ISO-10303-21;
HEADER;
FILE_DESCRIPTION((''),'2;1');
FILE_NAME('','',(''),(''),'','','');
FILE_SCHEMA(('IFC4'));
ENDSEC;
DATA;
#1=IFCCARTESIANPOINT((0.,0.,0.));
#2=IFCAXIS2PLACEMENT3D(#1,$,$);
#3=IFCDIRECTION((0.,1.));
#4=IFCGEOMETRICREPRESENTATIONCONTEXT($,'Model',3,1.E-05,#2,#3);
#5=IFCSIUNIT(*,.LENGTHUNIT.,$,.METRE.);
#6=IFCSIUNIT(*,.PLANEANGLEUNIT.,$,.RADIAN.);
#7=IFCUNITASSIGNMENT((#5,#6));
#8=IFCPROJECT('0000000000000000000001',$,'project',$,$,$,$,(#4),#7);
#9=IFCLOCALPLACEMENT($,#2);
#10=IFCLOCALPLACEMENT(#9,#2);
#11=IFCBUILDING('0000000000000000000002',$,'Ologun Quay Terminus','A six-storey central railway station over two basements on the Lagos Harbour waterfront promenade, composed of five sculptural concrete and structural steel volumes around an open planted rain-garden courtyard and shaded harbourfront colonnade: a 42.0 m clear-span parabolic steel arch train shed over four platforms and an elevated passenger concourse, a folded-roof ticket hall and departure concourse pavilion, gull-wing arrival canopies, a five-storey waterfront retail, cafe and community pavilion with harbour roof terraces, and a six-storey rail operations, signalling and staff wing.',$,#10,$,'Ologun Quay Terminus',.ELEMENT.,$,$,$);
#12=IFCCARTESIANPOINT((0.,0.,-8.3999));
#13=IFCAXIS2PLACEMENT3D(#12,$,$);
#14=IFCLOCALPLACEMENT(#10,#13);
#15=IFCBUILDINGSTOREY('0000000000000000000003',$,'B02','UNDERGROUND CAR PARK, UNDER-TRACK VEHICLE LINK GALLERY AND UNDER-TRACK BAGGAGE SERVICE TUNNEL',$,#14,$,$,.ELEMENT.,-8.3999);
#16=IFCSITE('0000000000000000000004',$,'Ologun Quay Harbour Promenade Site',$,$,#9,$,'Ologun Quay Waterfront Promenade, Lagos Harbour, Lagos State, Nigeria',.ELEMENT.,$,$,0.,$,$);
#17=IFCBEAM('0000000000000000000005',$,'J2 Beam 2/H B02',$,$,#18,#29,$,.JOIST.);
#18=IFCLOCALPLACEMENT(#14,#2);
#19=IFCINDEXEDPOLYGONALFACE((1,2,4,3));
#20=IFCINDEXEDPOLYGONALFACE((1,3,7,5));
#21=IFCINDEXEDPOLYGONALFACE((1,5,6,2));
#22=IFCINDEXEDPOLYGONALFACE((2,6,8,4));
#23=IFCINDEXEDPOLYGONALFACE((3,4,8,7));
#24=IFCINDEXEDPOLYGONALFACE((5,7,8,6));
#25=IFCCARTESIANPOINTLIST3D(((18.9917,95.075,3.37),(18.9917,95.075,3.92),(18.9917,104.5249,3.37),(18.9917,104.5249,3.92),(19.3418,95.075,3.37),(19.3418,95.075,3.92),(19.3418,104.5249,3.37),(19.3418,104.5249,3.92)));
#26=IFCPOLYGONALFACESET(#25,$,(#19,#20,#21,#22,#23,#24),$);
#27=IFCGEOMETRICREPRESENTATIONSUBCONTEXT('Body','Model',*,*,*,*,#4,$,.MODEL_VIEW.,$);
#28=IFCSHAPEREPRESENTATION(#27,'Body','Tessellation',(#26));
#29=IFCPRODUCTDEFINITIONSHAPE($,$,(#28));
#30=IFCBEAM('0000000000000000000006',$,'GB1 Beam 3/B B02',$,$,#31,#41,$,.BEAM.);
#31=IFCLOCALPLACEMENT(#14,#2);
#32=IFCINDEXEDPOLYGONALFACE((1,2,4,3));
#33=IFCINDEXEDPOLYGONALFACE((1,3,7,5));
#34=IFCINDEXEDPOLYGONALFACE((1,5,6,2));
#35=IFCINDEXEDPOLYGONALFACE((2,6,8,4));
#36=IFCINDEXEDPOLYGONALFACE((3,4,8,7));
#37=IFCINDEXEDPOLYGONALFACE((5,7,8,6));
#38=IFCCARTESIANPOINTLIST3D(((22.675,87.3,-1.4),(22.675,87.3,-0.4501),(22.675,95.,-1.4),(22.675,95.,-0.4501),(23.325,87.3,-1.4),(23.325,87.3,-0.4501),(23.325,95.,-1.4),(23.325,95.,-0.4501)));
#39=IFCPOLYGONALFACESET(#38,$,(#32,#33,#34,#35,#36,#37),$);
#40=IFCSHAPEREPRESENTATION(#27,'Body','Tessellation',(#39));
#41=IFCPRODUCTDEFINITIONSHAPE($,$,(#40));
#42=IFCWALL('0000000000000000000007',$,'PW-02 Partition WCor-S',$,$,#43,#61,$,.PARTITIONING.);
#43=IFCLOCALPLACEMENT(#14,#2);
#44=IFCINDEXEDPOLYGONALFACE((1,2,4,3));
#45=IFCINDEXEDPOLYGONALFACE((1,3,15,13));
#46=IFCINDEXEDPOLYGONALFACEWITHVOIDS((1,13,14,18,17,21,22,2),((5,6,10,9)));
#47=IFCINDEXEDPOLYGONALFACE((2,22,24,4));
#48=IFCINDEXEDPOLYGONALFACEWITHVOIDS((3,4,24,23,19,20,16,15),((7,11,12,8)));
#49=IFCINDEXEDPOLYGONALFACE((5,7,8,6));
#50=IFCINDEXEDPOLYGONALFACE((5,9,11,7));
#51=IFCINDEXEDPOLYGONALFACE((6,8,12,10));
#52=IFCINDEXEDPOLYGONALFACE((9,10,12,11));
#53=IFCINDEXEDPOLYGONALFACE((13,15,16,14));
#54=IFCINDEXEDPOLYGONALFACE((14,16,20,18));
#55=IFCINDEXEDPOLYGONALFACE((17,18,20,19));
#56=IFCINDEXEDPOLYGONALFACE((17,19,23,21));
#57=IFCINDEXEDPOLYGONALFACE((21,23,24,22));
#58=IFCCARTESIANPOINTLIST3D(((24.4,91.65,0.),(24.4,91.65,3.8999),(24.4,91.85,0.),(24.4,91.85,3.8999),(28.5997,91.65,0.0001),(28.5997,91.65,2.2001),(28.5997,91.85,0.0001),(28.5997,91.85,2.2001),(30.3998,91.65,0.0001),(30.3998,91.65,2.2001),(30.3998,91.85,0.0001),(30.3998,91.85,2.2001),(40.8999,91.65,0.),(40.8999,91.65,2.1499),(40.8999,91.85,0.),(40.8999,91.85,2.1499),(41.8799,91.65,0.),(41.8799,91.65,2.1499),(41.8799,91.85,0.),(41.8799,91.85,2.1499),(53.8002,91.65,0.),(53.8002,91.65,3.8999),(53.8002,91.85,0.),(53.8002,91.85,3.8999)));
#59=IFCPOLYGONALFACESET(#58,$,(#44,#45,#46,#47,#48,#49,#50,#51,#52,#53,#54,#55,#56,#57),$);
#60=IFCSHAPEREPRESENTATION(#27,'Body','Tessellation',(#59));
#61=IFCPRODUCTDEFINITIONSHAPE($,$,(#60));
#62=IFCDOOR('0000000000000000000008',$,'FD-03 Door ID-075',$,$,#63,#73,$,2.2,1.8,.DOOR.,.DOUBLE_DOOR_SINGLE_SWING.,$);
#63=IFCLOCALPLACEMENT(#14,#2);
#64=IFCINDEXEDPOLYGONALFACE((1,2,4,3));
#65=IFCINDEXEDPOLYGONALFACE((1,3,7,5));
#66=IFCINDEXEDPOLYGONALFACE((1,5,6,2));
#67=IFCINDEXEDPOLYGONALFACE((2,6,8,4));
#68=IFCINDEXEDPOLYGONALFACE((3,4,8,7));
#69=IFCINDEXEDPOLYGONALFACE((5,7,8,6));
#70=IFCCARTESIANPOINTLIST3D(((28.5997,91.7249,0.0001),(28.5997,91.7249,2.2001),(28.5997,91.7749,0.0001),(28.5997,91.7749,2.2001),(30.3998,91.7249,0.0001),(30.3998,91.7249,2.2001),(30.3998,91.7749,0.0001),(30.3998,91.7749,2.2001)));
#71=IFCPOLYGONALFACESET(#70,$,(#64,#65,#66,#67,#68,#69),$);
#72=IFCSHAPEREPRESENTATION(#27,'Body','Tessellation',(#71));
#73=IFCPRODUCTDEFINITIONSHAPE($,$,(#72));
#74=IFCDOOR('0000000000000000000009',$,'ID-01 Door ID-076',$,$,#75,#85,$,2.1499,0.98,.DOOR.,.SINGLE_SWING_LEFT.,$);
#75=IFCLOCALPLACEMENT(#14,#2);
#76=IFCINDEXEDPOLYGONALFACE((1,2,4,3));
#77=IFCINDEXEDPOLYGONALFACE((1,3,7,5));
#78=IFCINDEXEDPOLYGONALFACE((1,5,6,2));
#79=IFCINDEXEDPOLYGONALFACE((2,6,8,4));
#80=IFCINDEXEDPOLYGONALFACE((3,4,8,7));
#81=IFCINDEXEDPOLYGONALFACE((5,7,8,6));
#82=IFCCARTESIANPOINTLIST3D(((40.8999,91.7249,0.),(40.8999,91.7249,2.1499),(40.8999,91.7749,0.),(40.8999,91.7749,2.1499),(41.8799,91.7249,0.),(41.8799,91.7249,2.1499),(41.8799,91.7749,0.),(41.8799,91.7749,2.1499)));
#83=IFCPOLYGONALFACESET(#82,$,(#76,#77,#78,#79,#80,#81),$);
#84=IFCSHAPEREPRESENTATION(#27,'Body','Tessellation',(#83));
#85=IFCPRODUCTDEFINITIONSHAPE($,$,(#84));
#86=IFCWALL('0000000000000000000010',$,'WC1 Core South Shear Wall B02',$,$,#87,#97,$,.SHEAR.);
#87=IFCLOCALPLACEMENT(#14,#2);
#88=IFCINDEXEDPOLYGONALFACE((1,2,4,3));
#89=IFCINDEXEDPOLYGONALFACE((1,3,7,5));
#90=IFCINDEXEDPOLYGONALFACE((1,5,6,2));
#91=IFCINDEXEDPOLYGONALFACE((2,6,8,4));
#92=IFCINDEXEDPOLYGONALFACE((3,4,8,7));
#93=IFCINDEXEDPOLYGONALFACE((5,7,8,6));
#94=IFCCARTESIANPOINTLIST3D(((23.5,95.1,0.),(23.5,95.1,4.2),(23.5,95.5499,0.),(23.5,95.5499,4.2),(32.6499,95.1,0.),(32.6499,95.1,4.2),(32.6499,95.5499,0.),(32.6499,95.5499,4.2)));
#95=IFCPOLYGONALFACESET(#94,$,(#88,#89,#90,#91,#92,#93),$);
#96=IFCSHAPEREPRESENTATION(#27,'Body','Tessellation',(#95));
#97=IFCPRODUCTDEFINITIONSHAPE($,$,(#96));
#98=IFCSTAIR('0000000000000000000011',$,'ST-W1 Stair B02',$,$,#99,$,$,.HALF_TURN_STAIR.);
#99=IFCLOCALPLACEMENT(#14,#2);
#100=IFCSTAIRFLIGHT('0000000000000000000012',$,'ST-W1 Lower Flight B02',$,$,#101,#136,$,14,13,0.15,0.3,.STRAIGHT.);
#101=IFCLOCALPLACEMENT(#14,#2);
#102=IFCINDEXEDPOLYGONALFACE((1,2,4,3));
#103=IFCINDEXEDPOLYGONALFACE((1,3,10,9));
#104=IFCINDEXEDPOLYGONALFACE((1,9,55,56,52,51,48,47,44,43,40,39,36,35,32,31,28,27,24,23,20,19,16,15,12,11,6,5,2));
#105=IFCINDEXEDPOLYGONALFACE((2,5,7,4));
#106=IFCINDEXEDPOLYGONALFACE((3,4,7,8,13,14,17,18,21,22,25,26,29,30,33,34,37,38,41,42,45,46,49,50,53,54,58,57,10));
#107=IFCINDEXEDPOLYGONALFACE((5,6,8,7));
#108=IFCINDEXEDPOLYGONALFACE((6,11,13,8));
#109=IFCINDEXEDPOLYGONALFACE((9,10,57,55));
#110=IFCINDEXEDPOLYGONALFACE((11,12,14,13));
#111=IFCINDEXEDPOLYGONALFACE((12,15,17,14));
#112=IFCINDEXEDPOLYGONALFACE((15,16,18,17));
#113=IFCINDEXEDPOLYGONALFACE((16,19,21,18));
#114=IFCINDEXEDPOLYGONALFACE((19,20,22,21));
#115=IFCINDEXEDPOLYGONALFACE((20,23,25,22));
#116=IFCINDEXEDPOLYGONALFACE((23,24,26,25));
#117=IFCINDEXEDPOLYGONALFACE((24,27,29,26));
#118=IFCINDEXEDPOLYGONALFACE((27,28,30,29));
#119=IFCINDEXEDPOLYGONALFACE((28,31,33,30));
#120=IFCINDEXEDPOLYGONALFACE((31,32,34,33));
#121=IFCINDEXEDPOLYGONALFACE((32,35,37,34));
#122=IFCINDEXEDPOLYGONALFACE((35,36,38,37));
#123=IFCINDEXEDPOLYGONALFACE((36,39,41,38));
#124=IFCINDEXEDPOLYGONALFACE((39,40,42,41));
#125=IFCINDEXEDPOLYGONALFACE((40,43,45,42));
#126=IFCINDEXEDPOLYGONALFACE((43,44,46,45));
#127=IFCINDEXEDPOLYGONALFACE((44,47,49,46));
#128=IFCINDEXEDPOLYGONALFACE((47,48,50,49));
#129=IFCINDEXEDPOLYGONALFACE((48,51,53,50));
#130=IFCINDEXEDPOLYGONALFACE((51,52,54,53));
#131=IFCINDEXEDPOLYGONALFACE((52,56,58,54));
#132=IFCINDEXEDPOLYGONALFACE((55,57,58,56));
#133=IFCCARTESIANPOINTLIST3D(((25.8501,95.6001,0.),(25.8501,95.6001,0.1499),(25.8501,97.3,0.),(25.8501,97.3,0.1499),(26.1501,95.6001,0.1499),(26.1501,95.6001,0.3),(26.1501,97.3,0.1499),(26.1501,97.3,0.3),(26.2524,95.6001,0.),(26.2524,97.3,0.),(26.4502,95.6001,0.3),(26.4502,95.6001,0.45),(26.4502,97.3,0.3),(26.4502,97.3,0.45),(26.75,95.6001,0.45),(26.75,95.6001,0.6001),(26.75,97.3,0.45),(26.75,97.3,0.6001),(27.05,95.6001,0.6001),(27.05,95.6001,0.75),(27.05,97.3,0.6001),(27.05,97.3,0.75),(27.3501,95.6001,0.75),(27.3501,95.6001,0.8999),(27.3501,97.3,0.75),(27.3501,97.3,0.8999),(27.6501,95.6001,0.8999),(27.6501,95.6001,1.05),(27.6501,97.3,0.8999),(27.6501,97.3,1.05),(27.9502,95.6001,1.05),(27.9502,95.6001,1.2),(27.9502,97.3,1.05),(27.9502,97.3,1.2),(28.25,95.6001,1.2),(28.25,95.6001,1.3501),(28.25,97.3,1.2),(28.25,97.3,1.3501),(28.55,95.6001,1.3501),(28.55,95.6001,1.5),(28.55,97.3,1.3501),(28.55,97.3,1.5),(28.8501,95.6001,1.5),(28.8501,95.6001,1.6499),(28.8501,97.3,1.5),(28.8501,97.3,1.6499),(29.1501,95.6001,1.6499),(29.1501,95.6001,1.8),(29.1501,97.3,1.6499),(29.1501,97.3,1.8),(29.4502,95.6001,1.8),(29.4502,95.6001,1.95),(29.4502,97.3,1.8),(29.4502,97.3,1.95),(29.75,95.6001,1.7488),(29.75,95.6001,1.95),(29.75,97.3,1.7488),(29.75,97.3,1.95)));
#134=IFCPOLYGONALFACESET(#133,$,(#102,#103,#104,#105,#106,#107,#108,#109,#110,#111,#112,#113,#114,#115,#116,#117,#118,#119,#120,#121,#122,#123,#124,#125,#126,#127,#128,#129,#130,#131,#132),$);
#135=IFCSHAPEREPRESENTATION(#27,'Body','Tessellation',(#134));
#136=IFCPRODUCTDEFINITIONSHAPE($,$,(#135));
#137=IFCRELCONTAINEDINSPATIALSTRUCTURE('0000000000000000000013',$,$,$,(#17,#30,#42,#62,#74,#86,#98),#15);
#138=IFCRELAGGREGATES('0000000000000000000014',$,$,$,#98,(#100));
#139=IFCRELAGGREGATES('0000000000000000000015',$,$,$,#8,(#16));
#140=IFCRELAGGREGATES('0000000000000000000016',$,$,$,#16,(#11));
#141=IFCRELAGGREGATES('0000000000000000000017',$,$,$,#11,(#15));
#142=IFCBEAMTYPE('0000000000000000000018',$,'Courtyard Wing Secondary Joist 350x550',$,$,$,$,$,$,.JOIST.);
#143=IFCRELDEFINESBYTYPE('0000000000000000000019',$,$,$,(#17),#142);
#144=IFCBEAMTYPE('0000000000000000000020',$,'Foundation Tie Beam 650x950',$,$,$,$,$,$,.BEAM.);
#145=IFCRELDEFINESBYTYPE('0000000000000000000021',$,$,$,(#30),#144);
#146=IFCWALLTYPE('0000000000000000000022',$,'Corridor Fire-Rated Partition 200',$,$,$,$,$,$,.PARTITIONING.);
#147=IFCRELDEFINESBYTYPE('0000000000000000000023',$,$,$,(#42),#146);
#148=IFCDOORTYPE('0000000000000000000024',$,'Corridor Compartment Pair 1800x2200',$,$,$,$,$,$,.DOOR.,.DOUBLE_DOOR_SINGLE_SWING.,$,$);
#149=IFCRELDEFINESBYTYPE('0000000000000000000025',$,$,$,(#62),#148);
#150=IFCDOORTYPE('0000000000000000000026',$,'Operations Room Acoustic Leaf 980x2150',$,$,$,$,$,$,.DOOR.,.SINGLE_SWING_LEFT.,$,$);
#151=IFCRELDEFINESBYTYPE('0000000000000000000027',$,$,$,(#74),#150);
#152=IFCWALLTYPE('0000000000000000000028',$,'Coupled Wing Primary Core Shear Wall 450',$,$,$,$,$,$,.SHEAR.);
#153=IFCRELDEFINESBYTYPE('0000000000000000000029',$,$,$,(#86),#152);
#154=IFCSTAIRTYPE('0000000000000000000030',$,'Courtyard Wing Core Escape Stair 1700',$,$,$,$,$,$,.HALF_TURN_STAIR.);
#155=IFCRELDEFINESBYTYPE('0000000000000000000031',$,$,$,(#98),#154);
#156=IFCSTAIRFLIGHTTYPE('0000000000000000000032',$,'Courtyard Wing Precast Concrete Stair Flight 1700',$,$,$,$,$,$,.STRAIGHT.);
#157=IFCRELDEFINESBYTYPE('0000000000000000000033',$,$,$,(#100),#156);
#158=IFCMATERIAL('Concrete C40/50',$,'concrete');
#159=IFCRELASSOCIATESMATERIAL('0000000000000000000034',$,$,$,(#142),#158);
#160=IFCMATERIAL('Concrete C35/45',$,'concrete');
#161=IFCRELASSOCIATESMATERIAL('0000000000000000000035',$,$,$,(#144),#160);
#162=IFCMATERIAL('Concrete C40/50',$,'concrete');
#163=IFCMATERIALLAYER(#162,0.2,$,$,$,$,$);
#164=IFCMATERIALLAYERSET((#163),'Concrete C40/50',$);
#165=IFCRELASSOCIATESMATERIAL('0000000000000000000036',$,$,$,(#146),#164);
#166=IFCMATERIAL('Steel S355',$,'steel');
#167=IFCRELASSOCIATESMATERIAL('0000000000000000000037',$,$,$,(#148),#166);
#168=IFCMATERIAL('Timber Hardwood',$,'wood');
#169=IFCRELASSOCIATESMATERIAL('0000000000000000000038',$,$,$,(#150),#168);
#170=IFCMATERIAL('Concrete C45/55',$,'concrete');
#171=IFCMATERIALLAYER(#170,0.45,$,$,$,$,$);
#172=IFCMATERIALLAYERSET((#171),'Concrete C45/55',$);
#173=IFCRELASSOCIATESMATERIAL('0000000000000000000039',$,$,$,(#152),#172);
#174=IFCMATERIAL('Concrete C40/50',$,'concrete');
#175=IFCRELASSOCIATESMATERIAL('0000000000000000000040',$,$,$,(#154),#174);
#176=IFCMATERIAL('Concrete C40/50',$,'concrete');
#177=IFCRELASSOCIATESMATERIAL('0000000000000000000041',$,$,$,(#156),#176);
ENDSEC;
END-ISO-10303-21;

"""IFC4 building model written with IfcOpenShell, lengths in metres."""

from ifc_helpers import new_model, si_unit, direction, frame, frame_2d, origin, origin_2d, place, context, subcontext, project, spatial, polyline, rectangle, outline, extrude, material, layer, layer_set, material_profile, profile_set, type_object, element, fill, aggregate, save


model = new_model("IFC4")

# Units and contexts
model_context = context("Model", 3, precision=1e-05, world=origin(), true_north=direction((0.0, 1.0)))
body_context = subcontext(model_context, "Body", "Model", "MODEL_VIEW")
ifc_project = project(units=[si_unit("LENGTHUNIT", "METRE"), si_unit("PLANEANGLEUNIT", "RADIAN")], contexts=[model_context])

# Site, building, storey
site_placement = place(None, origin())
site = spatial("IfcSite", under=ifc_project, at=site_placement, Name="Ologun Quay Harbour Promenade Site", LongName="Ologun Quay Waterfront Promenade, Lagos Harbour, Lagos State, Nigeria", CompositionType="ELEMENT", RefElevation=0.0)
building_placement = place(site_placement, origin())
building = spatial("IfcBuilding", under=site, at=building_placement, Name="Ologun Quay Terminus", Description="A six-storey central railway station over two basements on the Lagos Harbour waterfront promenade, composed of five sculptural concrete and structural steel volumes around an open planted rain-garden courtyard and shaded harbourfront colonnade: a 42.0 m clear-span parabolic steel arch train shed over four platforms and an elevated passenger concourse, a folded-roof ticket hall and departure concourse pavilion, gull-wing arrival canopies, a five-storey waterfront retail, cafe and community pavilion with harbour roof terraces, and a six-storey rail operations, signalling and staff wing.", LongName="Ologun Quay Terminus", CompositionType="ELEMENT")
storey_placement = place(building_placement, frame((0.0, 0.0, -8.3999)))
storey = spatial("IfcBuildingStorey", under=building, at=storey_placement, Name="B02", Description="UNDERGROUND CAR PARK, UNDER-TRACK VEHICLE LINK GALLERY AND UNDER-TRACK BAGGAGE SERVICE TUNNEL", CompositionType="ELEMENT", Elevation=-8.3999)

# Beams
ifc_material_1 = material(Name="Concrete C40/50", Category="concrete")
ifc_material_profile_1 = material_profile(ifc_material_1, rectangle(XDim=0.3501, YDim=0.55, at=origin_2d()), Name="RC 350x550")
ifc_profile_set_1 = profile_set([ifc_material_profile_1], Name="Concrete C40/50")
beam_type_1 = type_object("IfcBeamType", Name="Courtyard Wing Secondary Joist 350x550", PredefinedType="JOIST", material=ifc_profile_set_1)
beam_1_placement = place(storey_placement, frame((19.1667, 95.075, 3.645), z_axis=(0.0, 1.0, 0.0), x_axis=(-1.0, 0.0, 0.0)))
element("IfcBeam", 1, at=beam_1_placement, inside=storey, type_object=beam_type_1, Name="J2 Beam 2/H B02", PredefinedType="JOIST", context=body_context, shape_type="SweptSolid", body=[
    extrude(rectangle(XDim=0.3501, YDim=0.55, at=origin_2d()), origin(), (0.0, 0.0, 1.0), 9.45),
])
ifc_material_2 = material(Name="Concrete C35/45", Category="concrete")
ifc_material_profile_2 = material_profile(ifc_material_2, rectangle(XDim=0.6499, YDim=0.95, at=origin_2d()), Name="RC 650x950")
ifc_profile_set_2 = profile_set([ifc_material_profile_2], Name="Concrete C35/45")
beam_type_2 = type_object("IfcBeamType", Name="Foundation Tie Beam 650x950", PredefinedType="BEAM", material=ifc_profile_set_2)
beam_2_placement = place(storey_placement, frame((23.0, 87.3, -0.925), z_axis=(0.0, 1.0, 0.0), x_axis=(-1.0, 0.0, 0.0)))
element("IfcBeam", 2, at=beam_2_placement, inside=storey, type_object=beam_type_2, Name="GB1 Beam 3/B B02", PredefinedType="BEAM", context=body_context, shape_type="SweptSolid", body=[
    extrude(rectangle(XDim=0.6499, YDim=0.95, at=origin_2d()), origin(), (0.0, 0.0, 1.0), 7.7),
])

# Wall, openings, doors
ifc_material_3 = material(Name="Concrete C40/50", Category="concrete")
ifc_layer_1 = layer(ifc_material_3, 0.2)
ifc_layer_set_1 = layer_set([ifc_layer_1], Name="Concrete C40/50")
wall_type_1 = type_object("IfcWallType", Name="Corridor Fire-Rated Partition 200", PredefinedType="PARTITIONING", material=ifc_layer_set_1)
wall_1_placement = place(storey_placement, frame((24.3999, 91.75, 0.0), z_axis=(0.0, 0.0, 1.0), x_axis=(1.0, 0.0, 0.0)))
wall_1 = element("IfcWall", 3, at=wall_1_placement, inside=storey, type_object=wall_type_1, Name="PW-02 Partition WCor-S", PredefinedType="PARTITIONING", context=body_context, shape_type="SweptSolid", body=[
    extrude(rectangle(XDim=29.4001, YDim=0.2, at=frame_2d((14.7002, 0.0))), origin(), (0.0, 0.0, 1.0), 3.8999),
])
opening_1_placement = place(wall_1_placement, frame((4.2, 0.0, 0.0)))
opening_1 = element("IfcOpeningElement", 4, at=opening_1_placement, cuts=wall_1, PredefinedType="OPENING", context=body_context, shape_type="SweptSolid", body=[
    extrude(rectangle(XDim=1.8, YDim=2.2, at=frame_2d((0.8999, 1.1001))), frame((0.0, 0.1099, 0.0), z_axis=(0.0, -1.0, 0.0), x_axis=(1.0, 0.0, 0.0)), (0.0, 0.0, 1.0), 0.22),
])
opening_2_placement = place(wall_1_placement, frame((16.5, 0.0, 0.0)))
opening_2 = element("IfcOpeningElement", 5, at=opening_2_placement, cuts=wall_1, PredefinedType="OPENING", context=body_context, shape_type="SweptSolid", body=[
    extrude(rectangle(XDim=0.98, YDim=2.1499, at=frame_2d((0.49, 1.075))), frame((0.0, 0.1099, 0.0), z_axis=(0.0, -1.0, 0.0), x_axis=(1.0, 0.0, 0.0)), (0.0, 0.0, 1.0), 0.22),
])
ifc_material_4 = material(Name="Steel S355", Category="steel")
door_type_1 = type_object("IfcDoorType", Name="Corridor Compartment Pair 1800x2200", OperationType="DOUBLE_DOOR_SINGLE_SWING", PredefinedType="DOOR", material=ifc_material_4)
door_1_placement = place(opening_1_placement, origin())
door_1 = element("IfcDoor", 6, at=door_1_placement, inside=storey, type_object=door_type_1, Name="FD-03 Door ID-075", OperationType="DOUBLE_DOOR_SINGLE_SWING", OverallHeight=2.2, OverallWidth=1.8, PredefinedType="DOOR", context=body_context, shape_type="SweptSolid", body=[
    extrude(rectangle(XDim=1.8, YDim=2.2, at=frame_2d((0.8999, 1.1001))), frame((0.0, 0.0249, 0.0), z_axis=(0.0, -1.0, 0.0), x_axis=(1.0, 0.0, 0.0)), (0.0, 0.0, 1.0), 0.05),
])
fill(opening_1, door_1)
ifc_material_5 = material(Name="Timber Hardwood", Category="wood")
door_type_2 = type_object("IfcDoorType", Name="Operations Room Acoustic Leaf 980x2150", OperationType="SINGLE_SWING_LEFT", PredefinedType="DOOR", material=ifc_material_5)
door_2_placement = place(opening_2_placement, origin())
door_2 = element("IfcDoor", 7, at=door_2_placement, inside=storey, type_object=door_type_2, Name="ID-01 Door ID-076", OperationType="SINGLE_SWING_LEFT", OverallHeight=2.1499, OverallWidth=0.98, PredefinedType="DOOR", context=body_context, shape_type="SweptSolid", body=[
    extrude(rectangle(XDim=0.98, YDim=2.1499, at=frame_2d((0.49, 1.075))), frame((0.0, 0.0249, 0.0), z_axis=(0.0, -1.0, 0.0), x_axis=(1.0, 0.0, 0.0)), (0.0, 0.0, 1.0), 0.05),
])
fill(opening_2, door_2)

# Wall
ifc_material_6 = material(Name="Concrete C45/55", Category="concrete")
ifc_layer_2 = layer(ifc_material_6, 0.45)
ifc_layer_set_2 = layer_set([ifc_layer_2], Name="Concrete C45/55")
wall_type_2 = type_object("IfcWallType", Name="Coupled Wing Primary Core Shear Wall 450", PredefinedType="SHEAR", material=ifc_layer_set_2)
wall_2_placement = place(storey_placement, frame((23.5, 95.325, 0.0), z_axis=(0.0, 0.0, 1.0), x_axis=(1.0, 0.0, 0.0)))
element("IfcWall", 8, at=wall_2_placement, inside=storey, type_object=wall_type_2, Name="WC1 Core South Shear Wall B02", PredefinedType="SHEAR", context=body_context, shape_type="SweptSolid", body=[
    extrude(rectangle(XDim=9.1499, YDim=0.45, at=frame_2d((4.575, 0.0))), origin(), (0.0, 0.0, 1.0), 4.2),
])

# Stair, stair flight
ifc_material_7 = material(Name="Concrete C40/50", Category="concrete")
stair_type = type_object("IfcStairType", Name="Courtyard Wing Core Escape Stair 1700", PredefinedType="HALF_TURN_STAIR", material=ifc_material_7)
stair_placement = place(storey_placement, origin())
stair = element("IfcStair", 9, at=stair_placement, inside=storey, type_object=stair_type, Name="ST-W1 Stair B02", PredefinedType="HALF_TURN_STAIR")
ifc_material_8 = material(Name="Concrete C40/50", Category="concrete")
stair_flight_type = type_object("IfcStairFlightType", Name="Courtyard Wing Precast Concrete Stair Flight 1700", PredefinedType="STRAIGHT", material=ifc_material_8)
stair_flight_placement = place(storey_placement, frame((25.8501, 96.45, 0.0), z_axis=(0.0, 0.0, 1.0), x_axis=(1.0, 0.0, 0.0)))
stair_flight = element("IfcStairFlight", 10, at=stair_flight_placement, type_object=stair_flight_type, Name="ST-W1 Lower Flight B02", NumberOfRisers=14, NumberOfTreads=13, PredefinedType="STRAIGHT", RiserHeight=0.15, TreadLength=0.3, context=body_context, shape_type="SweptSolid", body=[
    extrude(outline(polyline([(0.0, 0.0), (0.0, 0.1499), (0.3, 0.1499), (0.3, 0.3), (0.6001, 0.3), (0.6001, 0.45), (0.8999, 0.45), (0.8999, 0.6001), (1.2, 0.6001), (1.2, 0.75), (1.5, 0.75), (1.5, 0.8999), (1.8, 0.8999), (1.8, 1.05), (2.1001, 1.05), (2.1001, 1.2), (2.3999, 1.2), (2.3999, 1.3501), (2.7, 1.3501), (2.7, 1.5), (3.0, 1.5), (3.0, 1.6499), (3.3, 1.6499), (3.3, 1.8), (3.6001, 1.8), (3.6001, 1.95), (3.8999, 1.95), (3.8999, 2.1001), (3.8999, 1.7488), (0.4023, 0.0), (0.0, 0.0)])), frame((0.0, 0.8501, 0.0), z_axis=(0.0, -1.0, 0.0), x_axis=(1.0, 0.0, 0.0)), (0.0, 0.0, 1.0), 1.7),
])
aggregate(stair, [stair_flight])

save(model, "model.ifc")
